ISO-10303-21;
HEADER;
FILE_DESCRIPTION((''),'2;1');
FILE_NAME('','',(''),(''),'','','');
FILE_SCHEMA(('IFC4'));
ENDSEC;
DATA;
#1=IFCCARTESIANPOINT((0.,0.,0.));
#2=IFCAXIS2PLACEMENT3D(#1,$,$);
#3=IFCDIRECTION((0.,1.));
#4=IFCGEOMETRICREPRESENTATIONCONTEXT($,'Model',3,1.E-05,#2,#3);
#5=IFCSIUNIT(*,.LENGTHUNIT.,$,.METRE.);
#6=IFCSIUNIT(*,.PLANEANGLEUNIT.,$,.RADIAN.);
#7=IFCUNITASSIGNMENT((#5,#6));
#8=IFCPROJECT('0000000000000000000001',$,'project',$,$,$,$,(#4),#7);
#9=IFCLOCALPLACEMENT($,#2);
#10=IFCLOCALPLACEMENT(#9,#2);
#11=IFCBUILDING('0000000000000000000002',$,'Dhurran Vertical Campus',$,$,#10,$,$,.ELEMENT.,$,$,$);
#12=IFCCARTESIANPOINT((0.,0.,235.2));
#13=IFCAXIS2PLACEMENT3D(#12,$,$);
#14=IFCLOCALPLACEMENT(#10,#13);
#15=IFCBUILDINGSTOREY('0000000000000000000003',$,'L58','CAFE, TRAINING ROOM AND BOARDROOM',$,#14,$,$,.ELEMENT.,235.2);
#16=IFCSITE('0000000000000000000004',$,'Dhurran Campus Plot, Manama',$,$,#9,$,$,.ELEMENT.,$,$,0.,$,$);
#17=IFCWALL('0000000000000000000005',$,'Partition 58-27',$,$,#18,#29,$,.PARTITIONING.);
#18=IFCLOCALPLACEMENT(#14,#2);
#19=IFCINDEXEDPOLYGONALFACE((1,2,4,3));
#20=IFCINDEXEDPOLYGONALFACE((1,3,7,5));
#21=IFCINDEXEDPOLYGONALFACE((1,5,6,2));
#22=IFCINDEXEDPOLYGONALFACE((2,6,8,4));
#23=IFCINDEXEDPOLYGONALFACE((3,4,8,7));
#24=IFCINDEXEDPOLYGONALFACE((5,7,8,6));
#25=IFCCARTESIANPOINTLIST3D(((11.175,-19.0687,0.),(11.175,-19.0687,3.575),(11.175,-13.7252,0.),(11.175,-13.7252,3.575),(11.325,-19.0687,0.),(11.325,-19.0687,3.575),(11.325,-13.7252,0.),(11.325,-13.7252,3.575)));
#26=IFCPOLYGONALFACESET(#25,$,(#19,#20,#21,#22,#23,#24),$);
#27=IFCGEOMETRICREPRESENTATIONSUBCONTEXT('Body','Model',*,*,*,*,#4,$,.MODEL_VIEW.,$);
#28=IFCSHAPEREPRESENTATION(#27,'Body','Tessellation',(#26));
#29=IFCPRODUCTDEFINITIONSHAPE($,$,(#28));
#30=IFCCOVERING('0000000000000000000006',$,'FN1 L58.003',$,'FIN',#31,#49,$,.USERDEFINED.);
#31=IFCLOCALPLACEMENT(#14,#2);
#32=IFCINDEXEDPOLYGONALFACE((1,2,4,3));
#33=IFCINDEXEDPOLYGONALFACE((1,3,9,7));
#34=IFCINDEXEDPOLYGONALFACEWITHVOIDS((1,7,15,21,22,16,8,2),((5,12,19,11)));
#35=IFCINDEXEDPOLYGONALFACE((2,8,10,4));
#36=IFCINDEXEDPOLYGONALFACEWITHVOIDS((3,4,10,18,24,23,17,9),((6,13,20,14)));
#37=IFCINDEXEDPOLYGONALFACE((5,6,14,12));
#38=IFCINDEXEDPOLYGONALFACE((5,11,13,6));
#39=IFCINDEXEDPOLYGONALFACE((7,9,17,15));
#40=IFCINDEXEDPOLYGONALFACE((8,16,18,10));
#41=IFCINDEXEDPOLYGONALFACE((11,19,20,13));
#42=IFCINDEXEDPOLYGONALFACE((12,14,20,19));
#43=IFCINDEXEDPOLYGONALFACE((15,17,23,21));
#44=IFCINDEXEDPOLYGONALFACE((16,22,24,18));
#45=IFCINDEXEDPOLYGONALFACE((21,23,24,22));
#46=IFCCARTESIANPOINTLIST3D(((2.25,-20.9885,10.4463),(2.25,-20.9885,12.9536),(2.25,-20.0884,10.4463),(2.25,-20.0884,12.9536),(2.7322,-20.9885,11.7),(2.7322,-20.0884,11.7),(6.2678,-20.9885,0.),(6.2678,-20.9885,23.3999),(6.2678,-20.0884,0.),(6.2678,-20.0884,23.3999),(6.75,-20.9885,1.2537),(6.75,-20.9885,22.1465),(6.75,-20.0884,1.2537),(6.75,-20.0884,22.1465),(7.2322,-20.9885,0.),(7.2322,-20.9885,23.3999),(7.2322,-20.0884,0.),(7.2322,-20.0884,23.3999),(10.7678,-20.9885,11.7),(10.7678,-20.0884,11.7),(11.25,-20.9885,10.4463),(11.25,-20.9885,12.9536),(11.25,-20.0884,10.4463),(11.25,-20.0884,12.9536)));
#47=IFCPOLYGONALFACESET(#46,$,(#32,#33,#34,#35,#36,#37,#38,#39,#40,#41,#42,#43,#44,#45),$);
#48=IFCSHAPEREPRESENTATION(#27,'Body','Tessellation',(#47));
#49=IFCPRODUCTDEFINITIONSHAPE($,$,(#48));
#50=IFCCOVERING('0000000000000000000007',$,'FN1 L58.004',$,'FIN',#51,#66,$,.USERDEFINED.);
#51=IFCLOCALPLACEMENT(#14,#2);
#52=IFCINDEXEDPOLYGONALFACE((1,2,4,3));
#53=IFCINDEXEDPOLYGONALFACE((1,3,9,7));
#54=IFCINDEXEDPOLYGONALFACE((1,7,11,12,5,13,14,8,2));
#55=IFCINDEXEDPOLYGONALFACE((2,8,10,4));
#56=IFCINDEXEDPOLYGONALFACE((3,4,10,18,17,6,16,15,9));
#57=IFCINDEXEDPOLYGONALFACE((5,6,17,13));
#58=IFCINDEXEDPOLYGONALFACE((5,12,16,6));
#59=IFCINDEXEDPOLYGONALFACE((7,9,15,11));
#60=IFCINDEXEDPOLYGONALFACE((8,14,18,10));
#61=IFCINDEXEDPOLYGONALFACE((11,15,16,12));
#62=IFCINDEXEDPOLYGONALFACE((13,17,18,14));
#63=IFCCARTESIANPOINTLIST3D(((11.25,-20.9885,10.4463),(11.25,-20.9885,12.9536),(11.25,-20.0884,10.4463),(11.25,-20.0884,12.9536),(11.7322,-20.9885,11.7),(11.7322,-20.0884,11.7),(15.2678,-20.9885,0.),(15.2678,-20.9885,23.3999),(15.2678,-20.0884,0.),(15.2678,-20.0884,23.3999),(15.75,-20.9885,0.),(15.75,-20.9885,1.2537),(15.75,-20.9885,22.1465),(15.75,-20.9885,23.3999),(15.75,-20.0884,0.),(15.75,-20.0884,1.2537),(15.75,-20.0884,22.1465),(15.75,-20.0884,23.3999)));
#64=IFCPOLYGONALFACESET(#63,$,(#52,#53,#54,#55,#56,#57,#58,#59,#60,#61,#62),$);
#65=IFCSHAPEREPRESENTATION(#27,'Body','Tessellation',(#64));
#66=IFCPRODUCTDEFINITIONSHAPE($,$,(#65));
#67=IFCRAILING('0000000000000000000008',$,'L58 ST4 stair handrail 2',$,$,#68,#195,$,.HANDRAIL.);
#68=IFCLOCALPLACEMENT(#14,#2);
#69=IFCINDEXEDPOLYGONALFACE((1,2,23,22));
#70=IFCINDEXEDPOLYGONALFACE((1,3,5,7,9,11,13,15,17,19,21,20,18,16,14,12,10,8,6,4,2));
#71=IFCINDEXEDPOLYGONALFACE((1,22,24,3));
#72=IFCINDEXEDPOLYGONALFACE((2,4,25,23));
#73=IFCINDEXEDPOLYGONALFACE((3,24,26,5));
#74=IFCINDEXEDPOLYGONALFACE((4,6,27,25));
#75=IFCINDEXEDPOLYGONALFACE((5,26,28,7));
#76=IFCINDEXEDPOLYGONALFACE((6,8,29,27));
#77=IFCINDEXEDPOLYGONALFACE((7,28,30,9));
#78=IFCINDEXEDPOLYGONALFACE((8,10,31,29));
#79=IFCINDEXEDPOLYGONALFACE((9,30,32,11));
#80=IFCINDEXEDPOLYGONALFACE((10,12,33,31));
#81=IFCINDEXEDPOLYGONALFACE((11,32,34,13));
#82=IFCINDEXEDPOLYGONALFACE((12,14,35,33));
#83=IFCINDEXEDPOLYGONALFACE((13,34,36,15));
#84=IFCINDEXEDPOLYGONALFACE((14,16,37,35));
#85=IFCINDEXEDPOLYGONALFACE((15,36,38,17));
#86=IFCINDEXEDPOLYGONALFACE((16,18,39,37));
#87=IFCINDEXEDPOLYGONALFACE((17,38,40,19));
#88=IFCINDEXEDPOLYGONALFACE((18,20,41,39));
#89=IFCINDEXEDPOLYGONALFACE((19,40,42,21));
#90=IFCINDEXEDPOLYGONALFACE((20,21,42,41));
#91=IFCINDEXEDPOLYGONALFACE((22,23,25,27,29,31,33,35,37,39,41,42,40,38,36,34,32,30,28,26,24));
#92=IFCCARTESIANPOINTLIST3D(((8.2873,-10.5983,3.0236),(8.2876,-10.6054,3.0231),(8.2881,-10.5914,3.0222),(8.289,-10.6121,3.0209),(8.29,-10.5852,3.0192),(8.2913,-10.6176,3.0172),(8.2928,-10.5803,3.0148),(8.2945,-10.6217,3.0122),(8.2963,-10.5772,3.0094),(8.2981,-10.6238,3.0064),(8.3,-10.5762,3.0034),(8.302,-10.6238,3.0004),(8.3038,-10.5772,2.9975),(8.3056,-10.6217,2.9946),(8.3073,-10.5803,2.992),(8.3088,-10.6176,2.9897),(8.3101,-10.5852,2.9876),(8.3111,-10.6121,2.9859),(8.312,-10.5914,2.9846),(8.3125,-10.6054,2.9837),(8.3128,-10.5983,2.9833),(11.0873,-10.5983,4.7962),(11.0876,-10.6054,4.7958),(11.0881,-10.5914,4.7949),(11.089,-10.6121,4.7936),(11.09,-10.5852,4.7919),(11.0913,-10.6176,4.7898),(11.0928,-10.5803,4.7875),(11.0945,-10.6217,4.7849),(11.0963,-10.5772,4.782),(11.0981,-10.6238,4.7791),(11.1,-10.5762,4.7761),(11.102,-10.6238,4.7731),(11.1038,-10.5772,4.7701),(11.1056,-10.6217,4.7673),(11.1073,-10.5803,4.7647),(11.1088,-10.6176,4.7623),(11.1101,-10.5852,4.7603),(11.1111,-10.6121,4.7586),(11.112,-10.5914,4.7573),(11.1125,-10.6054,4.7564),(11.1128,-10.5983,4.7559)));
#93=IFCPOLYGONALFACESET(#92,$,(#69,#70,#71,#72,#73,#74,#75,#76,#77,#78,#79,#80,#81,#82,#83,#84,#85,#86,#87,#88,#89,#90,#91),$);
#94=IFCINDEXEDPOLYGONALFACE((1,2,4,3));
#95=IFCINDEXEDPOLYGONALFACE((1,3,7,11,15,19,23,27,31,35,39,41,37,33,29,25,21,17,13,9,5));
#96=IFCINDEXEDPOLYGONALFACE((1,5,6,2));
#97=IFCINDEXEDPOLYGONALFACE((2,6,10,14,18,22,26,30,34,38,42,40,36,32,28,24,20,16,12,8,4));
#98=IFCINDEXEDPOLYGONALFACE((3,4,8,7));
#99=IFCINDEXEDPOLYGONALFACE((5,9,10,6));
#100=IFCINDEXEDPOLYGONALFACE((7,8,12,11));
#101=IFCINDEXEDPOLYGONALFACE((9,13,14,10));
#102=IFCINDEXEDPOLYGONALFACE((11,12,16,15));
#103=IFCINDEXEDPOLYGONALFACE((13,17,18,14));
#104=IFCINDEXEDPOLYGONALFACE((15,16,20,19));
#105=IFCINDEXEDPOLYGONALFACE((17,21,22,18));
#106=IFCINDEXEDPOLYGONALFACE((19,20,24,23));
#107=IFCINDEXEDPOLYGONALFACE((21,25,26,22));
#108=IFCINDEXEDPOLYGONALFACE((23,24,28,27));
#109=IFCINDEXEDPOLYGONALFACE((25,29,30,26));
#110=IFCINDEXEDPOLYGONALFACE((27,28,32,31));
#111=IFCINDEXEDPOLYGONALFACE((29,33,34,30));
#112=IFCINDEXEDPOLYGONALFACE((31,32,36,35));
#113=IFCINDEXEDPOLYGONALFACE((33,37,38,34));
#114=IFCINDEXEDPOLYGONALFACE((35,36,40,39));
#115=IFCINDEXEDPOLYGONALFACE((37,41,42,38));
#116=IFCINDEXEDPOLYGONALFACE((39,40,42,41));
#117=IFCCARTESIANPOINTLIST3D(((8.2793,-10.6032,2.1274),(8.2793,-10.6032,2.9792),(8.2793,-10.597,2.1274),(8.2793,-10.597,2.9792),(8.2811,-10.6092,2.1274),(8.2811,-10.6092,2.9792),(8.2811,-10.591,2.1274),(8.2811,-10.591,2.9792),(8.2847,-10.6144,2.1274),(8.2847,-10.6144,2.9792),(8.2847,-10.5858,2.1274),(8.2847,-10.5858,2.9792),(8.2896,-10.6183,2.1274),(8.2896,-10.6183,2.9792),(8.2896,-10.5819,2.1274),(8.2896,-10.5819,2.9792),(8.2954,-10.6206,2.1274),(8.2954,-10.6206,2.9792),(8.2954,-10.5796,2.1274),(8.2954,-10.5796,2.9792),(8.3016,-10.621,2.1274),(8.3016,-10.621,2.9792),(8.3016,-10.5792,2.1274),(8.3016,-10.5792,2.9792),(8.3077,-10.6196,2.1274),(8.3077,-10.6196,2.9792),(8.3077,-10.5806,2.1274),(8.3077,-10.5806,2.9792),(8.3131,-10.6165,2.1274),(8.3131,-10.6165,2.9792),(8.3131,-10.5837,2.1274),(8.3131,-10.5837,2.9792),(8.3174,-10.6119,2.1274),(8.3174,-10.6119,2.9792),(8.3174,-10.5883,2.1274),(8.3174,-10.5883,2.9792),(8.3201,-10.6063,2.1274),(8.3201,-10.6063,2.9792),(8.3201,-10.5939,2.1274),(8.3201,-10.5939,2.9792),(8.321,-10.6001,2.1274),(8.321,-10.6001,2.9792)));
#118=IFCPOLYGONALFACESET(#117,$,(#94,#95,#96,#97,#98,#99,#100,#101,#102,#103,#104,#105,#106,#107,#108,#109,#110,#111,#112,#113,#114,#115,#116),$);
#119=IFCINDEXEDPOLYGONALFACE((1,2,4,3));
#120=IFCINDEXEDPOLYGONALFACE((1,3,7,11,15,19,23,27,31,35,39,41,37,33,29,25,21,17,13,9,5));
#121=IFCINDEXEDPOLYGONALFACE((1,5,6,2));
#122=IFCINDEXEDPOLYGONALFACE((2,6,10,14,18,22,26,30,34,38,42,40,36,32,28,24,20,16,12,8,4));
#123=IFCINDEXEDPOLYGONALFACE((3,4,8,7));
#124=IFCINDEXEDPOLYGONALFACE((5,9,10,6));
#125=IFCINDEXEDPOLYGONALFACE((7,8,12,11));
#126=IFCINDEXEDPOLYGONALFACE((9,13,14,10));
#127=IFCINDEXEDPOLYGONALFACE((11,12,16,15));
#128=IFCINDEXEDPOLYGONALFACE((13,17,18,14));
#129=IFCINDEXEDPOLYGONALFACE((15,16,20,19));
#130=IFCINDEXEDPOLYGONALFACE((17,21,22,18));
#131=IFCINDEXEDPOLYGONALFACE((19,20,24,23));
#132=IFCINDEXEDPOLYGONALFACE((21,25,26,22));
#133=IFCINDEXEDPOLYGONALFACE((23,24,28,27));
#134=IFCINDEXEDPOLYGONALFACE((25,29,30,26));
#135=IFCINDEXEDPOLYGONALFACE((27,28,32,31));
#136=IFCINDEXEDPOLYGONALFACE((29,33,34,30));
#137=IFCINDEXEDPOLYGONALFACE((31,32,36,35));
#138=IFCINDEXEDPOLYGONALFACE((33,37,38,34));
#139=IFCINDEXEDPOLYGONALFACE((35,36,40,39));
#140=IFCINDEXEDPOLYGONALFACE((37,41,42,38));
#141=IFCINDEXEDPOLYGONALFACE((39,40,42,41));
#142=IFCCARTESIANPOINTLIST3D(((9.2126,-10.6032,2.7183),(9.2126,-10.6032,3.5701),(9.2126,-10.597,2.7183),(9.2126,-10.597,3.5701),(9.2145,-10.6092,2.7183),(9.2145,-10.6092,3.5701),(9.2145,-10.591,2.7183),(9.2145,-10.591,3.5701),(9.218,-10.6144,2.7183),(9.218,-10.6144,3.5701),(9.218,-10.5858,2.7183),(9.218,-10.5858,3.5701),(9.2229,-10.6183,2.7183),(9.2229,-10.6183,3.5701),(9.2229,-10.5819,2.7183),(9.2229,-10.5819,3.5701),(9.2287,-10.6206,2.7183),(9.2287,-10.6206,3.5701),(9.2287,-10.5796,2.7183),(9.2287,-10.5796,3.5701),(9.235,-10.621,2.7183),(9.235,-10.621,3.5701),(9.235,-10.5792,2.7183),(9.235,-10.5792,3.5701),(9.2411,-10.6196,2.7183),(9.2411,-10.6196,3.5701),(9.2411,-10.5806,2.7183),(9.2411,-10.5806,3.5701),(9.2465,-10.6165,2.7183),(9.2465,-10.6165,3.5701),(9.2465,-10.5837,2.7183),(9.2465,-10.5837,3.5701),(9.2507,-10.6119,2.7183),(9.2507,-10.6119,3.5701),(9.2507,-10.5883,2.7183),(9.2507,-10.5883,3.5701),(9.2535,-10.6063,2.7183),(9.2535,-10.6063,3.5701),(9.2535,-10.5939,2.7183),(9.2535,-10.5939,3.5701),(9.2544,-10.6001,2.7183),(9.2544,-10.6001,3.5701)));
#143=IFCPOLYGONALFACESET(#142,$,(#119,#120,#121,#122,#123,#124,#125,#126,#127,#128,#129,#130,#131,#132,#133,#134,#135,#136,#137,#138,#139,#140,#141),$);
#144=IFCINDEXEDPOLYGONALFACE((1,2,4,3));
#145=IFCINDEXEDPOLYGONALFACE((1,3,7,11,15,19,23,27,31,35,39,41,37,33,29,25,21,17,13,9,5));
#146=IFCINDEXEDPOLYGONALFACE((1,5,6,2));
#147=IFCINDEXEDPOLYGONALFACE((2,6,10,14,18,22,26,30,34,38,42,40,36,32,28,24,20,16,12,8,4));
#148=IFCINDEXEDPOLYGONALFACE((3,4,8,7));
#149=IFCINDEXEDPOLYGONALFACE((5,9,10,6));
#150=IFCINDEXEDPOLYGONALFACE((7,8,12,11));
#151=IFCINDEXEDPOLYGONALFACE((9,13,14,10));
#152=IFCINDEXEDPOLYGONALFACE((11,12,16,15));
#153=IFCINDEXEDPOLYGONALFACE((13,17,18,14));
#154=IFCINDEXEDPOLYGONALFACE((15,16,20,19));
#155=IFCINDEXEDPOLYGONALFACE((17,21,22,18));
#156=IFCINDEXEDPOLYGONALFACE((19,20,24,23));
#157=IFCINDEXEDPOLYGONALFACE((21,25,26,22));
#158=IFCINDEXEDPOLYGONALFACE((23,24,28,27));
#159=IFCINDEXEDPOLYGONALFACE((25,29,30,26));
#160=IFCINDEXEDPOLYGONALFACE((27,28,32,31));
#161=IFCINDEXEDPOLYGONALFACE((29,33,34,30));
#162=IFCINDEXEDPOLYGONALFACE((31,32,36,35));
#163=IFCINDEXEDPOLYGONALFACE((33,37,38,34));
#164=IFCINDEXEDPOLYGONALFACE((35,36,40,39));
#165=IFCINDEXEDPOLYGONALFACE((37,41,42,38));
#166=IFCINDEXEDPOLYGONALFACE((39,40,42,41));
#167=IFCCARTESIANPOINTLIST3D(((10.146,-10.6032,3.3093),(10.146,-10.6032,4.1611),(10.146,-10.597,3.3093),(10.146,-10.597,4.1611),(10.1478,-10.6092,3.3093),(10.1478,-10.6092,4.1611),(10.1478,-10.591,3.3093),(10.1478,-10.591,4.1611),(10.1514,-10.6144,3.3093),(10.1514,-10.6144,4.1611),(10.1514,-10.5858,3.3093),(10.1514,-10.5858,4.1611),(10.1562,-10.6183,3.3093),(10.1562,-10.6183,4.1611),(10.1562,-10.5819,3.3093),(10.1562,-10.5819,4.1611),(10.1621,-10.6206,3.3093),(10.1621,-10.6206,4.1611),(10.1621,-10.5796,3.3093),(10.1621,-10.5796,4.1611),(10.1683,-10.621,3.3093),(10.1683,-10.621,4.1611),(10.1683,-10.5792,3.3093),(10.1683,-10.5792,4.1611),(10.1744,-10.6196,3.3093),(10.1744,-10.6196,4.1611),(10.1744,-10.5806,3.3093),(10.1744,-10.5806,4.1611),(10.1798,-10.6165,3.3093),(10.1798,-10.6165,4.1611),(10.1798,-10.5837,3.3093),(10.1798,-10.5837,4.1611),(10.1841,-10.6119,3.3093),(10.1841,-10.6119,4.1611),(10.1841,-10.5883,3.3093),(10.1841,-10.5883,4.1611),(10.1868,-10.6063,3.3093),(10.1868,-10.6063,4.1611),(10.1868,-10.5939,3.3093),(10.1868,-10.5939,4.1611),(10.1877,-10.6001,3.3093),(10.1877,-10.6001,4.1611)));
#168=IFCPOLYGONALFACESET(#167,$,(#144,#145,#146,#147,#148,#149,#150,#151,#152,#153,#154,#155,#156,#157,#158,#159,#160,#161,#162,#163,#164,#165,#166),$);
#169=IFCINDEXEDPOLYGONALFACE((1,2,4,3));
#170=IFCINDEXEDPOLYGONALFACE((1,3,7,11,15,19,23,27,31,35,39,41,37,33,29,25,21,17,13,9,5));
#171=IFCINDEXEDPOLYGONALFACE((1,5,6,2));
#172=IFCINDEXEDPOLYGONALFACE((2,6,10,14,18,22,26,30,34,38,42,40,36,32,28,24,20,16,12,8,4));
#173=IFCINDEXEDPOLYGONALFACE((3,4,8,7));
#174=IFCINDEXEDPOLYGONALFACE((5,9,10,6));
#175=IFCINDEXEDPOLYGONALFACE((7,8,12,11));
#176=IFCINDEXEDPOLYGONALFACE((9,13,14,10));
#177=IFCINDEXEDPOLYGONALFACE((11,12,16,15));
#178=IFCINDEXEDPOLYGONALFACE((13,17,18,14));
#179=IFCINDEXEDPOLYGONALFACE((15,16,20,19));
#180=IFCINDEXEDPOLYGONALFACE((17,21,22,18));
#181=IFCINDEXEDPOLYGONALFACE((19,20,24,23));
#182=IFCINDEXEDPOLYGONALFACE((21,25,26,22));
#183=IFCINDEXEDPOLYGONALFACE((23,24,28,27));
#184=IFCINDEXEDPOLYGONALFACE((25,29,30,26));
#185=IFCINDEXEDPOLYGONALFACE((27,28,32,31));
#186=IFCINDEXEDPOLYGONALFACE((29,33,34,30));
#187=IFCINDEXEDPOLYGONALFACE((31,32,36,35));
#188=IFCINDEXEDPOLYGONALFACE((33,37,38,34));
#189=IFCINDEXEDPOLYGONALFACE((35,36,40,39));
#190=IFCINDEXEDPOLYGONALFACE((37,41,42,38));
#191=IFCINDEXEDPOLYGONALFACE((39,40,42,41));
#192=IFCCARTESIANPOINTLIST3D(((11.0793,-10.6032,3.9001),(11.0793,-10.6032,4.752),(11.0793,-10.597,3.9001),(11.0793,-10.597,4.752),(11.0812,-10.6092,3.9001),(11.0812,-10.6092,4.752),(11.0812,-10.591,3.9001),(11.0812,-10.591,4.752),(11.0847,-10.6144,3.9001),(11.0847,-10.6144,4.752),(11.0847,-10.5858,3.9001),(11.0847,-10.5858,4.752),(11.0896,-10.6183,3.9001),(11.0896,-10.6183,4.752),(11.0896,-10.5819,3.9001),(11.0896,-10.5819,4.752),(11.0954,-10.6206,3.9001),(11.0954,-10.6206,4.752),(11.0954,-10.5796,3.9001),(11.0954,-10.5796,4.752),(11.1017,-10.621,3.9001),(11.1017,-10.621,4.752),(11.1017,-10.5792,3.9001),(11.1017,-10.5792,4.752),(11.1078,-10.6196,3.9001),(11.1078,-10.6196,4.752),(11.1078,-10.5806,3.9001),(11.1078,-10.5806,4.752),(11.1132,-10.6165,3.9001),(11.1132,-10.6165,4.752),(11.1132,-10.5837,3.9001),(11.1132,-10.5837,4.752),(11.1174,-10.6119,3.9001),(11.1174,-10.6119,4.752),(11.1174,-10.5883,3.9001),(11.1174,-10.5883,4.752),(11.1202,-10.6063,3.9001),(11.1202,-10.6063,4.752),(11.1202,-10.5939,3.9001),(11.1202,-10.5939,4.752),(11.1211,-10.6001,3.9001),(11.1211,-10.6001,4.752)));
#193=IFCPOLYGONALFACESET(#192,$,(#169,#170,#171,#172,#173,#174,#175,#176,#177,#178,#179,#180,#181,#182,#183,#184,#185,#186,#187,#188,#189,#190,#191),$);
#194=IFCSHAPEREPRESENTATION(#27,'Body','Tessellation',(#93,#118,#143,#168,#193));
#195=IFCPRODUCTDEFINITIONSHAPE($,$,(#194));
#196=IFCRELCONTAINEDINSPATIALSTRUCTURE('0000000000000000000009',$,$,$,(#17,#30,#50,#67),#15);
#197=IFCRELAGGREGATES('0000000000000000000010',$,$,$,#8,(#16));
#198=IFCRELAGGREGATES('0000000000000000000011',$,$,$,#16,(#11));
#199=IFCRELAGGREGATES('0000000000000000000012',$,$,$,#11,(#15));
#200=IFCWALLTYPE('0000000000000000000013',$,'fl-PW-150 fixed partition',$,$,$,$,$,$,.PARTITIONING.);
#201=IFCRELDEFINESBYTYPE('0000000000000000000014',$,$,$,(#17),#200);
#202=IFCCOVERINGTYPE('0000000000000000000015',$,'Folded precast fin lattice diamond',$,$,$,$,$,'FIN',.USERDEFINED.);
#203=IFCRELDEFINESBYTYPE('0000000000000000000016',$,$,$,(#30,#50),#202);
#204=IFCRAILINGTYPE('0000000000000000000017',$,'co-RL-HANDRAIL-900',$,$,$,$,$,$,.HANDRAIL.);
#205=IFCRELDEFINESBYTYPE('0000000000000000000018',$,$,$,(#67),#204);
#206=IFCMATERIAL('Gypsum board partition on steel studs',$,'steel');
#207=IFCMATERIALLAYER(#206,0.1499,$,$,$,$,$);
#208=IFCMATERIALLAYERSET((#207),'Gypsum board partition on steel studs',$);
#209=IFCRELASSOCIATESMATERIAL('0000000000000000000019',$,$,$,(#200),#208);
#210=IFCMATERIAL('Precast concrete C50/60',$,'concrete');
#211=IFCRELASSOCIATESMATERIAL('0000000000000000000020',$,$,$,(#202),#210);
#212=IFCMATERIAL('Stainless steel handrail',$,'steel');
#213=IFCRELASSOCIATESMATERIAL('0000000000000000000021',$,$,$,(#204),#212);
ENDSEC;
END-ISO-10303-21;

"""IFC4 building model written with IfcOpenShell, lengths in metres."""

from ifc_helpers import new_model, si_unit, direction, frame, frame_2d, origin, origin_2d, place, context, subcontext, project, spatial, polyline, rectangle, circle, outline, extrude, material, layer, layer_set, type_object, element, save


model = new_model("IFC4")

# Units and contexts
model_context = context("Model", 3, precision=1e-05, world=origin(), true_north=direction((0.0, 1.0)))
body_context = subcontext(model_context, "Body", "Model", "MODEL_VIEW")
ifc_project = project(units=[si_unit("LENGTHUNIT", "METRE"), si_unit("PLANEANGLEUNIT", "RADIAN")], contexts=[model_context])

# Site, building, storey
site_placement = place(None, origin())
site = spatial("IfcSite", under=ifc_project, at=site_placement, Name="Dhurran Campus Plot, Manama", CompositionType="ELEMENT", RefElevation=0.0)
building_placement = place(site_placement, origin())
building = spatial("IfcBuilding", under=site, at=building_placement, Name="Dhurran Vertical Campus", CompositionType="ELEMENT")
storey_placement = place(building_placement, frame((0.0, 0.0, 235.2)))
storey = spatial("IfcBuildingStorey", under=building, at=storey_placement, Name="L58", Description="CAFE, TRAINING ROOM AND BOARDROOM", CompositionType="ELEMENT", Elevation=235.2)

# Wall
ifc_material_1 = material(Name="Gypsum board partition on steel studs", Category="steel")
ifc_layer_1 = layer(ifc_material_1, 0.1499)
ifc_layer_set_1 = layer_set([ifc_layer_1], Name="Gypsum board partition on steel studs")
wall_type_1 = type_object("IfcWallType", Name="fl-PW-150 fixed partition", PredefinedType="PARTITIONING", material=ifc_layer_set_1)
wall_1_placement = place(storey_placement, frame((11.25, -13.7251, 0.0), z_axis=(0.0, 0.0, 1.0), x_axis=(0.0, -1.0, 0.0)))
element("IfcWall", 1, at=wall_1_placement, inside=storey, type_object=wall_type_1, Name="Partition 58-27", PredefinedType="PARTITIONING", context=body_context, shape_type="SweptSolid", body=[
    extrude(rectangle(XDim=5.3435, YDim=0.1499, at=frame_2d((2.6719, 0.0))), origin(), (0.0, 0.0, 1.0), 3.575),
])

# Coverings
ifc_material_2 = material(Name="Precast concrete C50/60", Category="concrete")
covering_type = type_object("IfcCoveringType", Name="Folded precast fin lattice diamond", ElementType="FIN", PredefinedType="USERDEFINED", material=ifc_material_2)
covering_1_placement = place(storey_placement, frame((2.25, -20.0884, 0.0), z_axis=(0.0, -1.0, 0.0), x_axis=(1.0, 0.0, 0.0)))
element("IfcCovering", 2, at=covering_1_placement, inside=storey, type_object=covering_type, Name="FN1 L58.003", ObjectType="FIN", PredefinedType="USERDEFINED", context=body_context, shape_type="SweptSolid", body=[
    extrude(outline(polyline([(9.0, 12.9536), (9.0, 10.4463), (4.9822, 0.0), (4.0178, 0.0), (0.0, 10.4463), (0.0, 12.9536), (4.0178, 23.3999), (4.9822, 23.3999), (9.0, 12.9536)]), holes=[polyline([(8.5178, 11.7), (4.5, 22.1465), (0.4822, 11.7), (4.5, 1.2537), (8.5178, 11.7)])]), origin(), (0.0, 0.0, 1.0), 0.9001),
])
covering_2_placement = place(storey_placement, frame((11.25, -20.0884, 0.0), z_axis=(0.0, -1.0, 0.0), x_axis=(1.0, 0.0, 0.0)))
element("IfcCovering", 3, at=covering_2_placement, inside=storey, type_object=covering_type, Name="FN1 L58.004", ObjectType="FIN", PredefinedType="USERDEFINED", context=body_context, shape_type="SweptSolid", body=[
    extrude(outline(polyline([(4.0178, 0.0), (0.0, 10.4463), (0.0, 12.9536), (4.0178, 23.3999), (4.5, 23.3999), (4.5, 22.1465), (0.4822, 11.7), (4.5, 1.2537), (4.5, 0.0), (4.0178, 0.0)])), origin(), (0.0, 0.0, 1.0), 0.9001),
])

# Railing
ifc_material_3 = material(Name="Stainless steel handrail", Category="steel")
railing_type = type_object("IfcRailingType", Name="co-RL-HANDRAIL-900", PredefinedType="HANDRAIL", material=ifc_material_3)
railing_placement = place(storey_placement, frame((8.3, -10.6001, 2.1274)))
element("IfcRailing", 4, at=railing_placement, inside=storey, type_object=railing_type, Name="L58 ST4 stair handrail 2", PredefinedType="HANDRAIL", context=body_context, shape_type="SweptSolid", body=[
    extrude(circle(Radius=0.0239, at=origin_2d()), frame((0.0, 0.0, 0.876), z_axis=(0.844909, 0.0, 0.53491), x_axis=(0.0, 1.0, 0.0)), (0.0, 0.0, 1.0), 3.314),
    extrude(circle(Radius=0.021, at=origin_2d()), origin(), (0.0, 0.0, 1.0), 0.8518),
    extrude(circle(Radius=0.021, at=origin_2d()), frame((0.9333, 0.0, 0.5908)), (0.0, 0.0, 1.0), 0.8518),
    extrude(circle(Radius=0.021, at=origin_2d()), frame((1.8667, 0.0, 1.1819)), (0.0, 0.0, 1.0), 0.8518),
    extrude(circle(Radius=0.021, at=origin_2d()), frame((2.8, 0.0, 1.7727)), (0.0, 0.0, 1.0), 0.8518),
])

save(model, "model.ifc")
